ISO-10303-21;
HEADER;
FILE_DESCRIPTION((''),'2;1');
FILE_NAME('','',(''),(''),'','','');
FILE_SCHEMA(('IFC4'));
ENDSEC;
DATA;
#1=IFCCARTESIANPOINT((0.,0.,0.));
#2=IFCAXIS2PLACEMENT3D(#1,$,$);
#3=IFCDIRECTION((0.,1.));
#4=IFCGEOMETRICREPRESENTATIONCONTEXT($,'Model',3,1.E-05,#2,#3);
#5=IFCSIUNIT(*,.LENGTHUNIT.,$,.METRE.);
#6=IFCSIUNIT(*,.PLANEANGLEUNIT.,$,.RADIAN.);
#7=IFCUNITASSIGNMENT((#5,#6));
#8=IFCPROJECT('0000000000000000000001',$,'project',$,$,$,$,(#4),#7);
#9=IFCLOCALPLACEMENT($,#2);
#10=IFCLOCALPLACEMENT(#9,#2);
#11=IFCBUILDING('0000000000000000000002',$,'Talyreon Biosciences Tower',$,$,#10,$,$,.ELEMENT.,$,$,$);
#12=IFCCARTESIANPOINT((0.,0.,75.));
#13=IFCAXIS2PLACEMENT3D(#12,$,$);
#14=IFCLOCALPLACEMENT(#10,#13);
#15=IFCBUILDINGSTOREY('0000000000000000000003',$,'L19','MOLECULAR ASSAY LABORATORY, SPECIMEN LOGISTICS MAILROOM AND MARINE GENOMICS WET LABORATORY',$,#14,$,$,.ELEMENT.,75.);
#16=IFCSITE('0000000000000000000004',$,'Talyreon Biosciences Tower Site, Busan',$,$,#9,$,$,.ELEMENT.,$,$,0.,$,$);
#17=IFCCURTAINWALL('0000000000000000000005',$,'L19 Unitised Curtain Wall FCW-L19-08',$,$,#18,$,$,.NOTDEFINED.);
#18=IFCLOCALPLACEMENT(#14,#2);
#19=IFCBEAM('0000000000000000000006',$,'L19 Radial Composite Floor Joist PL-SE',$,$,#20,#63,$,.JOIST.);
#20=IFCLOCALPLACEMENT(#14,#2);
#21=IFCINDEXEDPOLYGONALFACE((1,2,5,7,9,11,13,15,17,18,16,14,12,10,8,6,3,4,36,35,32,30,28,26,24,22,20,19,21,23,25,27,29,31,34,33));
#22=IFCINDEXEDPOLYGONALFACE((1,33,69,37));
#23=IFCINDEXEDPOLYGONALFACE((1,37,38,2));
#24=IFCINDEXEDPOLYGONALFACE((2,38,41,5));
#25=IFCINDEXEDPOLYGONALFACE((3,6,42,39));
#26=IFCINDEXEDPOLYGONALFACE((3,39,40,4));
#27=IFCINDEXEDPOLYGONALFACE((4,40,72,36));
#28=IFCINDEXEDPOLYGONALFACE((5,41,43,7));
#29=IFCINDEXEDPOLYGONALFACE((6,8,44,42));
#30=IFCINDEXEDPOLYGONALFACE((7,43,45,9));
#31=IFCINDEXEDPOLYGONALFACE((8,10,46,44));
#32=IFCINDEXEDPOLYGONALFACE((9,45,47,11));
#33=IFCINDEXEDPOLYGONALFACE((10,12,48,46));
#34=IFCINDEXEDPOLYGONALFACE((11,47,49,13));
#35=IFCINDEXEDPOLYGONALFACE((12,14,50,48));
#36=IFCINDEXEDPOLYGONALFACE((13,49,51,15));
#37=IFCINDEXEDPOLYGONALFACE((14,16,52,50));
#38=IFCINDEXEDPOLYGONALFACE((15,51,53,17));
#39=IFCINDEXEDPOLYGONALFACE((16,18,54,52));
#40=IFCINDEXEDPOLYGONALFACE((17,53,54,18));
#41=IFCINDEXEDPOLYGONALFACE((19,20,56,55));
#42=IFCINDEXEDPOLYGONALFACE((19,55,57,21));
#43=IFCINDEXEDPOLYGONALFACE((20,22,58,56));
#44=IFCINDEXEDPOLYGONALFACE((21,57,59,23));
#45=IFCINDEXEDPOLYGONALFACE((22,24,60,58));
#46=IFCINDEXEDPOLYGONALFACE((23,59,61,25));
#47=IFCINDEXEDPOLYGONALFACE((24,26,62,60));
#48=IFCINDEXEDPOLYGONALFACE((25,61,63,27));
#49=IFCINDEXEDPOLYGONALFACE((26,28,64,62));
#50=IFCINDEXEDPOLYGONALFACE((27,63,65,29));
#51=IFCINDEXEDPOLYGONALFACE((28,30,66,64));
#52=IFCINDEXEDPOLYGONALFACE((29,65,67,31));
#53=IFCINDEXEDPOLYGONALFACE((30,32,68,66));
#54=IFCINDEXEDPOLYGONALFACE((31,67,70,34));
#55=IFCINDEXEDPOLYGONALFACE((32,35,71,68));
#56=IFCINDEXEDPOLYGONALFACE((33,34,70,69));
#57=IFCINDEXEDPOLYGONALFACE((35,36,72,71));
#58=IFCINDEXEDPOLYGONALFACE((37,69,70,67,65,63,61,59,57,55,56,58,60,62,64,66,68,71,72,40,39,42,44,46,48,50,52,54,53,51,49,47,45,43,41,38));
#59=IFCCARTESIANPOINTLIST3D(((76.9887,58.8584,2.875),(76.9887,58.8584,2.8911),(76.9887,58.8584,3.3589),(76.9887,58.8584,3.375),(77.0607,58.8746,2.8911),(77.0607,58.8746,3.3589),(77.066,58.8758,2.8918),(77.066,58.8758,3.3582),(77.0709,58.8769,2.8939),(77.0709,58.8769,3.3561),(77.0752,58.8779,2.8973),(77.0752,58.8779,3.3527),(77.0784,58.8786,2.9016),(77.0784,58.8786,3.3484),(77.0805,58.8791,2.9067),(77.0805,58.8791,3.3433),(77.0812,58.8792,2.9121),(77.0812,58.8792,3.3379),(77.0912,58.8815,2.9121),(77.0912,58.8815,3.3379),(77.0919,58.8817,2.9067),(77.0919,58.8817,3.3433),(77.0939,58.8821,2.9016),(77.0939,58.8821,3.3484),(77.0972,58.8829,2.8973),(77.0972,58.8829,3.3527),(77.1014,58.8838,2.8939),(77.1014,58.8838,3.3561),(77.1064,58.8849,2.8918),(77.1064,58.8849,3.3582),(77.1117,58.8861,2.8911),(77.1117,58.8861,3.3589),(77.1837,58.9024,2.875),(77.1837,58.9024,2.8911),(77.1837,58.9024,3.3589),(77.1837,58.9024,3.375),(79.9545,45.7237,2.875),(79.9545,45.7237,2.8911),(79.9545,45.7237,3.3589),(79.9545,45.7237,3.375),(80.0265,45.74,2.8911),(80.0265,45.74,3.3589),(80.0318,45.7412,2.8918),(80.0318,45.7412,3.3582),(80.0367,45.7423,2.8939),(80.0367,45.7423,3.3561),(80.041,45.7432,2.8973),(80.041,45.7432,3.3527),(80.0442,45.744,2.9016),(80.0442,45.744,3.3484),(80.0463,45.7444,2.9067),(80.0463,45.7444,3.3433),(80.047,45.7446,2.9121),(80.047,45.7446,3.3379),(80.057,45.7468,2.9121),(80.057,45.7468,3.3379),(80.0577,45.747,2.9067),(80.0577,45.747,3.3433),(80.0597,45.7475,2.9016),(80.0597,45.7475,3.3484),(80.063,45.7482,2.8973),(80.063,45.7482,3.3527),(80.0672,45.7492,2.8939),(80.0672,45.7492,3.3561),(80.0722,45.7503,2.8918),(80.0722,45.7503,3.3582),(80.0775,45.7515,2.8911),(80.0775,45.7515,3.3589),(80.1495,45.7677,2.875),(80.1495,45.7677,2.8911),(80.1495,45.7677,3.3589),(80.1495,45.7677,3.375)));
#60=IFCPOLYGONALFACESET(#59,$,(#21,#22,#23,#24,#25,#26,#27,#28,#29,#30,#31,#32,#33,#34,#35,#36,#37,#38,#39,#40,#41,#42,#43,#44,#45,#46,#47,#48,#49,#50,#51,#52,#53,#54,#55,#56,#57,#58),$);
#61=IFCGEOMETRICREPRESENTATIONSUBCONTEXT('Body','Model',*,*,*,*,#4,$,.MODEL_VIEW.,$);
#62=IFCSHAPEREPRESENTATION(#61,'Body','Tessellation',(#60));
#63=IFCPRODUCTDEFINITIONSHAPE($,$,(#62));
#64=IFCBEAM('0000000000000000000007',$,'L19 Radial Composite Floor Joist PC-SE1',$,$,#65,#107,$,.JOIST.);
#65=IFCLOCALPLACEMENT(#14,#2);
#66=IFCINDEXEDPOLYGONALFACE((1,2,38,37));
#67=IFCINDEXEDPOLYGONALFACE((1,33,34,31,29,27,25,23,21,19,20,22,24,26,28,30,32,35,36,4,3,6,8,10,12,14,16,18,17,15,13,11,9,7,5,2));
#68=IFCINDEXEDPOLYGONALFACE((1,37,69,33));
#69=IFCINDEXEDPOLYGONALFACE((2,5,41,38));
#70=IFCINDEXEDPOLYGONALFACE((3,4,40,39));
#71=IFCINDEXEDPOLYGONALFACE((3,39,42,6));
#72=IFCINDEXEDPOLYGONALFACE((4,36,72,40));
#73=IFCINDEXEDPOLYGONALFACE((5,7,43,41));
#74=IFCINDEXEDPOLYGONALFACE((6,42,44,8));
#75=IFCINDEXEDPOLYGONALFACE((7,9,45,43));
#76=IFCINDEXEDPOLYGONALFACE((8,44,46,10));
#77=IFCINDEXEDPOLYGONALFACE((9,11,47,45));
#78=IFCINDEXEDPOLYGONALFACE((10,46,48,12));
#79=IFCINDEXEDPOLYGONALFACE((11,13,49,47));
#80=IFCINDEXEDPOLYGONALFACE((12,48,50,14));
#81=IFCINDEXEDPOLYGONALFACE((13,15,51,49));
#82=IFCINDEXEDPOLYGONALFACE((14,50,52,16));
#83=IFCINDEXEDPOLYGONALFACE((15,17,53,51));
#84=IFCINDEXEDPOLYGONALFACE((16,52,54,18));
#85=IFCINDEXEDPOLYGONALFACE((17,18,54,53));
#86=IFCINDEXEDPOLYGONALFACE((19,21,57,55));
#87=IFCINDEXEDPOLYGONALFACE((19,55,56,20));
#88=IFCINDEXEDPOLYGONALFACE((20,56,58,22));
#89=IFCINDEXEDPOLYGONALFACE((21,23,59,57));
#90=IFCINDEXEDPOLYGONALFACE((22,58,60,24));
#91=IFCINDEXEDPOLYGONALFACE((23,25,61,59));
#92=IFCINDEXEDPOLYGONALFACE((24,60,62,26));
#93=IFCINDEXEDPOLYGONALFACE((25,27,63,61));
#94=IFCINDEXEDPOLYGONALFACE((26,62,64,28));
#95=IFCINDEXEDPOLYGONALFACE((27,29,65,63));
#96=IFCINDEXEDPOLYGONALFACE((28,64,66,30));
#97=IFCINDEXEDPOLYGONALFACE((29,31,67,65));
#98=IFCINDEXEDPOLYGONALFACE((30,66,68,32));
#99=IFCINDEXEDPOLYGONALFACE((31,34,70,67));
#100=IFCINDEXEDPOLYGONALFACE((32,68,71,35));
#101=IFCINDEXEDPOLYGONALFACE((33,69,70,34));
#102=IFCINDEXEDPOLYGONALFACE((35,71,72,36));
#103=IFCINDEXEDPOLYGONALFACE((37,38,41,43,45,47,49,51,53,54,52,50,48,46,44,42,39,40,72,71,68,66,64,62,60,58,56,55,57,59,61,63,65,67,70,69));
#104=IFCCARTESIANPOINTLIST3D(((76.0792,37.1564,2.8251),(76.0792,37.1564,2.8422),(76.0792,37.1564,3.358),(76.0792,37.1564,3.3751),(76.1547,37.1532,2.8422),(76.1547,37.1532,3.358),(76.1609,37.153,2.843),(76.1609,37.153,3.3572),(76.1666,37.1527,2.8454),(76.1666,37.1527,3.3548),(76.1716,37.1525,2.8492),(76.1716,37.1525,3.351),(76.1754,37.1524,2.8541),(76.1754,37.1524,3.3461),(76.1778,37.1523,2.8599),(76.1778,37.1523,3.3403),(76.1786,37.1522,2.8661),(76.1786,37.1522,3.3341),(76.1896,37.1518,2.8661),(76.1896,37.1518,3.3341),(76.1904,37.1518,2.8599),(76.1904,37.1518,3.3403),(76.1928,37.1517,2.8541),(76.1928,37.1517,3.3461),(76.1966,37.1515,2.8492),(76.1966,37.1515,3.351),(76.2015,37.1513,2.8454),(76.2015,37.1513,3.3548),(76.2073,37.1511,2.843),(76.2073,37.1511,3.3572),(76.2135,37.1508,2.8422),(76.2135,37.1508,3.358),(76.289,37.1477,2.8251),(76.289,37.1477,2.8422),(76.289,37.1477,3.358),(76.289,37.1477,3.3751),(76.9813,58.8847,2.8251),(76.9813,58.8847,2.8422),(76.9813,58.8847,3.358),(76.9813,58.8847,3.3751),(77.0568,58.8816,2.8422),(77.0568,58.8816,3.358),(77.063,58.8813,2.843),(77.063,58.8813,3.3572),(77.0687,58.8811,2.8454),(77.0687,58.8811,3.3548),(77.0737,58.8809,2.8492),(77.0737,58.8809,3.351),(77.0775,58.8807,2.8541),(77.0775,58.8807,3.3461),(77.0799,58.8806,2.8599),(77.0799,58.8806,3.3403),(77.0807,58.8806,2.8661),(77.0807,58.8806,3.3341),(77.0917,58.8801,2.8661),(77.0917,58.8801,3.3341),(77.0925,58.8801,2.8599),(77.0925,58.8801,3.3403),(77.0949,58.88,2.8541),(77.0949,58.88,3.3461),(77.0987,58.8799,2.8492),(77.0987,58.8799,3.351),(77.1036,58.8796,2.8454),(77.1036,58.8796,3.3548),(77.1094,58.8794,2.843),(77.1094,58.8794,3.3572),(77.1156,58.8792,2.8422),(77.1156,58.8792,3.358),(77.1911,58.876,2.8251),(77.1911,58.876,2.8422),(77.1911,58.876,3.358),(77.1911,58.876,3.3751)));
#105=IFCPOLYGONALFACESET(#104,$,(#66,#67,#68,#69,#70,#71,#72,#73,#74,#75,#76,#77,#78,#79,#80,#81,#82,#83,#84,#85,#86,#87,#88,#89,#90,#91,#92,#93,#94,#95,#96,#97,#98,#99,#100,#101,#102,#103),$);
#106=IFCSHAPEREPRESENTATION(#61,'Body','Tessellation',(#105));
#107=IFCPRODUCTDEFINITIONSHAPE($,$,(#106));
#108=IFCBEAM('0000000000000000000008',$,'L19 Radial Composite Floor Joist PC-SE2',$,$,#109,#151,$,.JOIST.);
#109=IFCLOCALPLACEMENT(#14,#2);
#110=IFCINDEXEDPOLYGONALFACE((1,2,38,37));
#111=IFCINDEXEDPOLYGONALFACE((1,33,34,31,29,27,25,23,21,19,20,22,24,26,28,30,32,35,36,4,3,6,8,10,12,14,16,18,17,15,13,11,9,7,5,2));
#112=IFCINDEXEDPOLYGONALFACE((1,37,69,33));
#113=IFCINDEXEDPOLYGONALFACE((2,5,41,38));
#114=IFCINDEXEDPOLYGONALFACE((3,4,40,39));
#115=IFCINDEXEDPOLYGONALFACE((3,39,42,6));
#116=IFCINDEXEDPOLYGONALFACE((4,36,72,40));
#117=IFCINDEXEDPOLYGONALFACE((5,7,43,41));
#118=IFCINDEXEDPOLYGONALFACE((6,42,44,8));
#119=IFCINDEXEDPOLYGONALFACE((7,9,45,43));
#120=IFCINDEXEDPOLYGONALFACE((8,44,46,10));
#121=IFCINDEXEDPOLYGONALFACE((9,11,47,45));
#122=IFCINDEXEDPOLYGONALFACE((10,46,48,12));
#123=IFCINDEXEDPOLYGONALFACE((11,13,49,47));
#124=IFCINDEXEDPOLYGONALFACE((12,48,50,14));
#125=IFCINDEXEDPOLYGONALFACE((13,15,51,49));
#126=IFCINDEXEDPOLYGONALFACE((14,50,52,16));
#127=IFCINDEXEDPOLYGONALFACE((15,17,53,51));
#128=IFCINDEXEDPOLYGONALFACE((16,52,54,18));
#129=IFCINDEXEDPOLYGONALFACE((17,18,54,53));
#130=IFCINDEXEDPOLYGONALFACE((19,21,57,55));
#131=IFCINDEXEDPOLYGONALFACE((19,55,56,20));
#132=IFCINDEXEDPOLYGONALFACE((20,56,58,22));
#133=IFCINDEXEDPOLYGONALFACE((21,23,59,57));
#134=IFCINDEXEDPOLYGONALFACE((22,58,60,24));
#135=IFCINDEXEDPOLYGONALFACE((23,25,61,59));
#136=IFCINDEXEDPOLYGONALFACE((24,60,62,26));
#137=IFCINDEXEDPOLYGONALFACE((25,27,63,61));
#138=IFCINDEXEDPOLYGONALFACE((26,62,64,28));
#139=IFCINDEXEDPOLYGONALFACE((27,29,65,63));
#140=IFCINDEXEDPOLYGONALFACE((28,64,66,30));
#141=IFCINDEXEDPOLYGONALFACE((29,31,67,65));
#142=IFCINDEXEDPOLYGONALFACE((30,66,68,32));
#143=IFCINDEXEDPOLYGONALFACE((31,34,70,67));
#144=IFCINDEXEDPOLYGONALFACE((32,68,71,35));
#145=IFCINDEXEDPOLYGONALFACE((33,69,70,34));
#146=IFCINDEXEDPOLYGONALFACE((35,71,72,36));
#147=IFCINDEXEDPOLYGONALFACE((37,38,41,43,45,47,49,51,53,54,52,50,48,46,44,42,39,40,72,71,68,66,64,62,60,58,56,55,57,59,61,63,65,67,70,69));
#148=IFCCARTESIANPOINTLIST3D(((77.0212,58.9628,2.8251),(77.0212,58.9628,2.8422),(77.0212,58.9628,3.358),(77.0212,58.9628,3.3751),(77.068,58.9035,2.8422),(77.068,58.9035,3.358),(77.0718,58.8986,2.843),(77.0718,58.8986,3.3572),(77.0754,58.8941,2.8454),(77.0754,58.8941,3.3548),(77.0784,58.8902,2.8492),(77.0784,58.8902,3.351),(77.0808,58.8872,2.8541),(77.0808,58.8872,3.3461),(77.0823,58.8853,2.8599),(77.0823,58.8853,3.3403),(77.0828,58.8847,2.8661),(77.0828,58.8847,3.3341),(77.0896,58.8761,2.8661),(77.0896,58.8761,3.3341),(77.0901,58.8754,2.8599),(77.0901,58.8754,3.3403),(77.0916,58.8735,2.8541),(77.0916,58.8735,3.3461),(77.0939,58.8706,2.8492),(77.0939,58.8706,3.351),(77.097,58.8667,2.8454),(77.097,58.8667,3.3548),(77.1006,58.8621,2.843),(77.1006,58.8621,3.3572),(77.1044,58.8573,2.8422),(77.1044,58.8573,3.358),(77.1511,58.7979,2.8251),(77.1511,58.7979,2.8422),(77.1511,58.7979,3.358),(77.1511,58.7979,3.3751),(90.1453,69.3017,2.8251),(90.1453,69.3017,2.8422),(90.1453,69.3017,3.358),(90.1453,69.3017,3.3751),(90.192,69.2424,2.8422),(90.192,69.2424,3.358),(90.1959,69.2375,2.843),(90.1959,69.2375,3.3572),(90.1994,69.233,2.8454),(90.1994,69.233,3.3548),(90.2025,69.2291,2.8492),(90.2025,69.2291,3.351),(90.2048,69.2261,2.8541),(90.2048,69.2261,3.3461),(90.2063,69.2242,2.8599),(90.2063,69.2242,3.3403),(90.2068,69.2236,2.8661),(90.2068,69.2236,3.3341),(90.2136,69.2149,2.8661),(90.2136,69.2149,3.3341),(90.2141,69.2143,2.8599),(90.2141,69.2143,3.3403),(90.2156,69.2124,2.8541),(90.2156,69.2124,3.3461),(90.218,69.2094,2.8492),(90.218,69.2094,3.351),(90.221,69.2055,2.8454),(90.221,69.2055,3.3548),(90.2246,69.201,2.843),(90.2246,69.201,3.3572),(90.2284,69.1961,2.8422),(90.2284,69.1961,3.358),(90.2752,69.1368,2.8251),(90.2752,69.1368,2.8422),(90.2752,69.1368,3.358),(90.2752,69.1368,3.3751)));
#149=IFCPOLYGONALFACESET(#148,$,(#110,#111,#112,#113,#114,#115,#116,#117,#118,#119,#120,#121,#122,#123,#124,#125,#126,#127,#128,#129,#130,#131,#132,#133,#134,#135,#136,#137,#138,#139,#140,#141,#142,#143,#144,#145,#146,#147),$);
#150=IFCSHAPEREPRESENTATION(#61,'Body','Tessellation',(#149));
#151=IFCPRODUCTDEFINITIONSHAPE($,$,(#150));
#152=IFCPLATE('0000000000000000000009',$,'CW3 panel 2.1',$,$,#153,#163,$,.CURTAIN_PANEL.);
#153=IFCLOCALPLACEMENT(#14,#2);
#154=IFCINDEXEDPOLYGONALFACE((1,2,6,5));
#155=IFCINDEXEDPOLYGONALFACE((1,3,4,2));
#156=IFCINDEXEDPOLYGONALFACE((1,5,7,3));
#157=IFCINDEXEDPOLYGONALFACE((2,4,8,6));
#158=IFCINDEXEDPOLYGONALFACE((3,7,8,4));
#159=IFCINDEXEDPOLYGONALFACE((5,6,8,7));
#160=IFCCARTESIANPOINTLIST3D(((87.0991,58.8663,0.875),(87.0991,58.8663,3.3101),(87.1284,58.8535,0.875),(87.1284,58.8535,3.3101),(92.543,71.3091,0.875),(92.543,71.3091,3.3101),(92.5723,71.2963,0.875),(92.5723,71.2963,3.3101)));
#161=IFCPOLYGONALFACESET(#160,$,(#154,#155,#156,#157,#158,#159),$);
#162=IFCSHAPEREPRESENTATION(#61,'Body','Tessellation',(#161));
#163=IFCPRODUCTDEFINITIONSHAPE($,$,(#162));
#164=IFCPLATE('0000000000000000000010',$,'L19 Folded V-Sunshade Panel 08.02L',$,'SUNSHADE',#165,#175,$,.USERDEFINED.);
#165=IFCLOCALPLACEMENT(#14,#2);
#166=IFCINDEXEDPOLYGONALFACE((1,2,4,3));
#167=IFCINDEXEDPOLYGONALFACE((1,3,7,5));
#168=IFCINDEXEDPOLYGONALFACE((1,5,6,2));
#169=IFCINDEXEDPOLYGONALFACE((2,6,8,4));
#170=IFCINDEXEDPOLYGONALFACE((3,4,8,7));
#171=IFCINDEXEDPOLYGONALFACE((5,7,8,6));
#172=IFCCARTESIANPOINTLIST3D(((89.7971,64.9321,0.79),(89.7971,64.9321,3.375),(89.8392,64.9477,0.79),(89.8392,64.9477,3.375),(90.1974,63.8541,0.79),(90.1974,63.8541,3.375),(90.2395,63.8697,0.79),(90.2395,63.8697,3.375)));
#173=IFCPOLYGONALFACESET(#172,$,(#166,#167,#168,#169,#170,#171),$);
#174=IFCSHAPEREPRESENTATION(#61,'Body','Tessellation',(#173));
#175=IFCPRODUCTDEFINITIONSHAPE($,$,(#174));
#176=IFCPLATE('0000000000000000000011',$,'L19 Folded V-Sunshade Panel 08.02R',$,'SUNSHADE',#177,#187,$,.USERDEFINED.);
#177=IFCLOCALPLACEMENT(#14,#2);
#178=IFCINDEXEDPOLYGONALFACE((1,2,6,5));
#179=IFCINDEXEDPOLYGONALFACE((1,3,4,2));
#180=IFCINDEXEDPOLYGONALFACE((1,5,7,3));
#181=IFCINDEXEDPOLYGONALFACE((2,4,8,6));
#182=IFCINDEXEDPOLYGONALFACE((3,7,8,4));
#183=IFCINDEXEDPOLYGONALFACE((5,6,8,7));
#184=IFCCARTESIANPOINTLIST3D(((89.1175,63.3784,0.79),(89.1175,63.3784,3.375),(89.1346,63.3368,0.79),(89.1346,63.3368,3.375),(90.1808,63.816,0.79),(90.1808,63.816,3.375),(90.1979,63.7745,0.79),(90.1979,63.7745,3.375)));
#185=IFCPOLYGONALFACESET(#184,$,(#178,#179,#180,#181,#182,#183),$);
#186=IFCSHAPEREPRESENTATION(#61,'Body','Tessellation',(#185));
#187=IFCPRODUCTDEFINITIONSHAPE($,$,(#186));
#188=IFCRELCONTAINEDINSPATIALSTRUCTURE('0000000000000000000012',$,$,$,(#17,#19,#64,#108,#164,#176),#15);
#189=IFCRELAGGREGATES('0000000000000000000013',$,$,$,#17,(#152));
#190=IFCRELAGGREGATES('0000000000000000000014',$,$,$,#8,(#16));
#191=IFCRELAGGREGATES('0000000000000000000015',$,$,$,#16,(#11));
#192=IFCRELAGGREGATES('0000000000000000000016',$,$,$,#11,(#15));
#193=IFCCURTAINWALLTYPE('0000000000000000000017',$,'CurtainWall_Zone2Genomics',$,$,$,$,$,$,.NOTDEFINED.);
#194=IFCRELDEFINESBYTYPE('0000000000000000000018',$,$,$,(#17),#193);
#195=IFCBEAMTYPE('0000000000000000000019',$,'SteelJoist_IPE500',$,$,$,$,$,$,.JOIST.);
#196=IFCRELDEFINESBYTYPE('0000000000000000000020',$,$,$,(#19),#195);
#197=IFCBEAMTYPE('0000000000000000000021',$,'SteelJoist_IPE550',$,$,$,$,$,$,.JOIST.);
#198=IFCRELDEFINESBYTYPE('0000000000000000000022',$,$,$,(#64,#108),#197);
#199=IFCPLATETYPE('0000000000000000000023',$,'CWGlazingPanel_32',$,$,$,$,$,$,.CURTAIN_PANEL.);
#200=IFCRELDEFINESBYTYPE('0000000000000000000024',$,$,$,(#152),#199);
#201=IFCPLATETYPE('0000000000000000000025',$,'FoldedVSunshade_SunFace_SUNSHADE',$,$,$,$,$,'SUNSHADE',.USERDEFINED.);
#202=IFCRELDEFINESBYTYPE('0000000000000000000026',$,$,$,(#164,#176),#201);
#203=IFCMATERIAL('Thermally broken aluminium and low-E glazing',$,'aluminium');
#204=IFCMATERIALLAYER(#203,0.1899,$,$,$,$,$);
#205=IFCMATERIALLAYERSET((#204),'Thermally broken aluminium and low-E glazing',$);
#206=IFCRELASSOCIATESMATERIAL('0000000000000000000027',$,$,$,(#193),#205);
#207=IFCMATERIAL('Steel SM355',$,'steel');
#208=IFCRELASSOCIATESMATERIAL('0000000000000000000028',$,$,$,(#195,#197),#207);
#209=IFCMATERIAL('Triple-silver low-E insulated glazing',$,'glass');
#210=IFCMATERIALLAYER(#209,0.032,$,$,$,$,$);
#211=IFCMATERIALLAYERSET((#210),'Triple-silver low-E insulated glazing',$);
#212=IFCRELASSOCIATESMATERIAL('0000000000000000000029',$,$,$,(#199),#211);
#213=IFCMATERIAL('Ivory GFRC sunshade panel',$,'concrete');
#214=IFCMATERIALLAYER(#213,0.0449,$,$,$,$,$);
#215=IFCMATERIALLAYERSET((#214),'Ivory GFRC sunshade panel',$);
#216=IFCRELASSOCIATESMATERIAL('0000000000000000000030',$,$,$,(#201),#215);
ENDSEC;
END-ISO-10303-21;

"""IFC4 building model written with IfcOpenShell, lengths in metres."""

from ifc_helpers import new_model, si_unit, direction, frame, origin, origin_2d, place, context, subcontext, project, spatial, rectangle, i_section, extrude, material, layer, layer_set, material_profile, profile_set, type_object, element, aggregate, save


model = new_model("IFC4")

# Units and contexts
model_context = context("Model", 3, precision=1e-05, world=origin(), true_north=direction((0.0, 1.0)))
body_context = subcontext(model_context, "Body", "Model", "MODEL_VIEW")
ifc_project = project(units=[si_unit("LENGTHUNIT", "METRE"), si_unit("PLANEANGLEUNIT", "RADIAN")], contexts=[model_context])

# Site, building, storey
site_placement = place(None, origin())
site = spatial("IfcSite", under=ifc_project, at=site_placement, Name="Talyreon Biosciences Tower Site, Busan", CompositionType="ELEMENT", RefElevation=0.0)
building_placement = place(site_placement, origin())
building = spatial("IfcBuilding", under=site, at=building_placement, Name="Talyreon Biosciences Tower", CompositionType="ELEMENT")
storey_placement = place(building_placement, frame((0.0, 0.0, 75.0)))
storey = spatial("IfcBuildingStorey", under=building, at=storey_placement, Name="L19", Description="MOLECULAR ASSAY LABORATORY, SPECIMEN LOGISTICS MAILROOM AND MARINE GENOMICS WET LABORATORY", CompositionType="ELEMENT", Elevation=75.0)

# Curtain wall
ifc_material_1 = material(Name="Thermally broken aluminium and low-E glazing", Category="aluminium")
ifc_layer_1 = layer(ifc_material_1, 0.1899)
ifc_layer_set_1 = layer_set([ifc_layer_1], Name="Thermally broken aluminium and low-E glazing")
curtain_wall_type = type_object("IfcCurtainWallType", Name="CurtainWall_Zone2Genomics", PredefinedType="NOTDEFINED", material=ifc_layer_set_1)
curtain_wall_placement = place(storey_placement, origin())
curtain_wall = element("IfcCurtainWall", 1, at=curtain_wall_placement, inside=storey, type_object=curtain_wall_type, Name="L19 Unitised Curtain Wall FCW-L19-08", PredefinedType="NOTDEFINED")

# Beams
ifc_material_2 = material(Name="Steel SM355", Category="steel")
ifc_material_profile_1 = material_profile(ifc_material_2, i_section(OverallWidth=0.2, OverallDepth=0.5, WebThickness=0.0103, FlangeThickness=0.0161, FilletRadius=0.021, at=origin_2d()), Name="IPE500")
ifc_profile_set_1 = profile_set([ifc_material_profile_1], Name="Steel SM355")
beam_type_1 = type_object("IfcBeamType", Name="SteelJoist_IPE500", PredefinedType="JOIST", material=ifc_profile_set_1)
beam_1_placement = place(storey_placement, frame((77.0862, 58.8804, 3.125), z_axis=(0.220254, -0.975443, 0.0), x_axis=(0.975443, 0.220254, 0.0)))
element("IfcBeam", 2, at=beam_1_placement, inside=storey, type_object=beam_type_1, Name="L19 Radial Composite Floor Joist PL-SE", PredefinedType="JOIST", context=body_context, shape_type="SweptSolid", body=[
    extrude(i_section(OverallWidth=0.2, OverallDepth=0.5, WebThickness=0.0103, FlangeThickness=0.0161, FilletRadius=0.021, at=origin_2d()), origin(), (0.0, 0.0, 1.0), 13.4653),
])
ifc_material_profile_2 = material_profile(ifc_material_2, i_section(OverallWidth=0.21, OverallDepth=0.55, WebThickness=0.011, FlangeThickness=0.0171, FilletRadius=0.0239, at=origin_2d()), Name="IPE550")
ifc_profile_set_2 = profile_set([ifc_material_profile_2], Name="Steel SM355")
beam_type_2 = type_object("IfcBeamType", Name="SteelJoist_IPE550", PredefinedType="JOIST", material=ifc_profile_set_2)
beam_2_placement = place(storey_placement, frame((77.0862, 58.8804, 3.1001), z_axis=(-0.041482, -0.999139, 0.0), x_axis=(0.999139, -0.041482, 0.0)))
element("IfcBeam", 3, at=beam_2_placement, inside=storey, type_object=beam_type_2, Name="L19 Radial Composite Floor Joist PC-SE1", PredefinedType="JOIST", context=body_context, shape_type="SweptSolid", body=[
    extrude(i_section(OverallWidth=0.21, OverallDepth=0.55, WebThickness=0.011, FlangeThickness=0.0171, FilletRadius=0.0239, at=origin_2d()), origin(), (0.0, 0.0, 1.0), 21.7471),
])
beam_3_placement = place(storey_placement, frame((77.0862, 58.8804, 3.1001), z_axis=(0.785529, 0.618825, 0.0), x_axis=(-0.618825, 0.785529, 0.0)))
element("IfcBeam", 4, at=beam_3_placement, inside=storey, type_object=beam_type_2, Name="L19 Radial Composite Floor Joist PC-SE2", PredefinedType="JOIST", context=body_context, shape_type="SweptSolid", body=[
    extrude(i_section(OverallWidth=0.21, OverallDepth=0.55, WebThickness=0.011, FlangeThickness=0.0171, FilletRadius=0.0239, at=origin_2d()), origin(), (0.0, 0.0, 1.0), 16.7073),
])

# Plate
ifc_material_3 = material(Name="Triple-silver low-E insulated glazing", Category="glass")
ifc_layer_2 = layer(ifc_material_3, 0.032)
ifc_layer_set_2 = layer_set([ifc_layer_2], Name="Triple-silver low-E insulated glazing")
plate_type_1 = type_object("IfcPlateType", Name="CWGlazingPanel_32", PredefinedType="CURTAIN_PANEL", material=ifc_layer_set_2)
plate_placement = place(storey_placement, frame((89.8357, 65.0813, 0.875), z_axis=(0.0, 0.0, 1.0), x_axis=(-0.400831, -0.916152, 0.0)))
plate = element("IfcPlate", 5, at=plate_placement, type_object=plate_type_1, Name="CW3 panel 2.1", PredefinedType="CURTAIN_PANEL", context=body_context, shape_type="SweptSolid", body=[
    extrude(rectangle(XDim=13.5815, YDim=0.032, at=origin_2d()), origin(), (0.0, 0.0, 1.0), 2.4351),
])
aggregate(curtain_wall, [plate])

# Plates
ifc_material_4 = material(Name="Ivory GFRC sunshade panel", Category="concrete")
ifc_layer_3 = layer(ifc_material_4, 0.0449)
ifc_layer_set_3 = layer_set([ifc_layer_3], Name="Ivory GFRC sunshade panel")
plate_type_2 = type_object("IfcPlateType", Name="FoldedVSunshade_SunFace_SUNSHADE", ElementType="SUNSHADE", PredefinedType="USERDEFINED", material=ifc_layer_set_3)
for number, where, z_axis, x_axis, name in (
    (6, (90.0183, 64.4009, 0.79), (0.0, 0.0, 1.0), (0.348081, -0.937464, 0.0), "L19 Folded V-Sunshade Panel 08.02L"),
    (7, (89.6577, 63.5764, 0.79), (0.0, 0.0, 1.0), (-0.924745, -0.380586, 0.0), "L19 Folded V-Sunshade Panel 08.02R"),
):
    element("IfcPlate", number, at=place(storey_placement, frame(where, z_axis=z_axis, x_axis=x_axis)), inside=storey, type_object=plate_type_2, Name=name, ObjectType="SUNSHADE", PredefinedType="USERDEFINED", context=body_context, shape_type="SweptSolid", body=[
        extrude(rectangle(XDim=1.1499, YDim=0.0449, at=origin_2d()), origin(), (0.0, 0.0, 1.0), 2.585),
    ])

save(model, "model.ifc")
